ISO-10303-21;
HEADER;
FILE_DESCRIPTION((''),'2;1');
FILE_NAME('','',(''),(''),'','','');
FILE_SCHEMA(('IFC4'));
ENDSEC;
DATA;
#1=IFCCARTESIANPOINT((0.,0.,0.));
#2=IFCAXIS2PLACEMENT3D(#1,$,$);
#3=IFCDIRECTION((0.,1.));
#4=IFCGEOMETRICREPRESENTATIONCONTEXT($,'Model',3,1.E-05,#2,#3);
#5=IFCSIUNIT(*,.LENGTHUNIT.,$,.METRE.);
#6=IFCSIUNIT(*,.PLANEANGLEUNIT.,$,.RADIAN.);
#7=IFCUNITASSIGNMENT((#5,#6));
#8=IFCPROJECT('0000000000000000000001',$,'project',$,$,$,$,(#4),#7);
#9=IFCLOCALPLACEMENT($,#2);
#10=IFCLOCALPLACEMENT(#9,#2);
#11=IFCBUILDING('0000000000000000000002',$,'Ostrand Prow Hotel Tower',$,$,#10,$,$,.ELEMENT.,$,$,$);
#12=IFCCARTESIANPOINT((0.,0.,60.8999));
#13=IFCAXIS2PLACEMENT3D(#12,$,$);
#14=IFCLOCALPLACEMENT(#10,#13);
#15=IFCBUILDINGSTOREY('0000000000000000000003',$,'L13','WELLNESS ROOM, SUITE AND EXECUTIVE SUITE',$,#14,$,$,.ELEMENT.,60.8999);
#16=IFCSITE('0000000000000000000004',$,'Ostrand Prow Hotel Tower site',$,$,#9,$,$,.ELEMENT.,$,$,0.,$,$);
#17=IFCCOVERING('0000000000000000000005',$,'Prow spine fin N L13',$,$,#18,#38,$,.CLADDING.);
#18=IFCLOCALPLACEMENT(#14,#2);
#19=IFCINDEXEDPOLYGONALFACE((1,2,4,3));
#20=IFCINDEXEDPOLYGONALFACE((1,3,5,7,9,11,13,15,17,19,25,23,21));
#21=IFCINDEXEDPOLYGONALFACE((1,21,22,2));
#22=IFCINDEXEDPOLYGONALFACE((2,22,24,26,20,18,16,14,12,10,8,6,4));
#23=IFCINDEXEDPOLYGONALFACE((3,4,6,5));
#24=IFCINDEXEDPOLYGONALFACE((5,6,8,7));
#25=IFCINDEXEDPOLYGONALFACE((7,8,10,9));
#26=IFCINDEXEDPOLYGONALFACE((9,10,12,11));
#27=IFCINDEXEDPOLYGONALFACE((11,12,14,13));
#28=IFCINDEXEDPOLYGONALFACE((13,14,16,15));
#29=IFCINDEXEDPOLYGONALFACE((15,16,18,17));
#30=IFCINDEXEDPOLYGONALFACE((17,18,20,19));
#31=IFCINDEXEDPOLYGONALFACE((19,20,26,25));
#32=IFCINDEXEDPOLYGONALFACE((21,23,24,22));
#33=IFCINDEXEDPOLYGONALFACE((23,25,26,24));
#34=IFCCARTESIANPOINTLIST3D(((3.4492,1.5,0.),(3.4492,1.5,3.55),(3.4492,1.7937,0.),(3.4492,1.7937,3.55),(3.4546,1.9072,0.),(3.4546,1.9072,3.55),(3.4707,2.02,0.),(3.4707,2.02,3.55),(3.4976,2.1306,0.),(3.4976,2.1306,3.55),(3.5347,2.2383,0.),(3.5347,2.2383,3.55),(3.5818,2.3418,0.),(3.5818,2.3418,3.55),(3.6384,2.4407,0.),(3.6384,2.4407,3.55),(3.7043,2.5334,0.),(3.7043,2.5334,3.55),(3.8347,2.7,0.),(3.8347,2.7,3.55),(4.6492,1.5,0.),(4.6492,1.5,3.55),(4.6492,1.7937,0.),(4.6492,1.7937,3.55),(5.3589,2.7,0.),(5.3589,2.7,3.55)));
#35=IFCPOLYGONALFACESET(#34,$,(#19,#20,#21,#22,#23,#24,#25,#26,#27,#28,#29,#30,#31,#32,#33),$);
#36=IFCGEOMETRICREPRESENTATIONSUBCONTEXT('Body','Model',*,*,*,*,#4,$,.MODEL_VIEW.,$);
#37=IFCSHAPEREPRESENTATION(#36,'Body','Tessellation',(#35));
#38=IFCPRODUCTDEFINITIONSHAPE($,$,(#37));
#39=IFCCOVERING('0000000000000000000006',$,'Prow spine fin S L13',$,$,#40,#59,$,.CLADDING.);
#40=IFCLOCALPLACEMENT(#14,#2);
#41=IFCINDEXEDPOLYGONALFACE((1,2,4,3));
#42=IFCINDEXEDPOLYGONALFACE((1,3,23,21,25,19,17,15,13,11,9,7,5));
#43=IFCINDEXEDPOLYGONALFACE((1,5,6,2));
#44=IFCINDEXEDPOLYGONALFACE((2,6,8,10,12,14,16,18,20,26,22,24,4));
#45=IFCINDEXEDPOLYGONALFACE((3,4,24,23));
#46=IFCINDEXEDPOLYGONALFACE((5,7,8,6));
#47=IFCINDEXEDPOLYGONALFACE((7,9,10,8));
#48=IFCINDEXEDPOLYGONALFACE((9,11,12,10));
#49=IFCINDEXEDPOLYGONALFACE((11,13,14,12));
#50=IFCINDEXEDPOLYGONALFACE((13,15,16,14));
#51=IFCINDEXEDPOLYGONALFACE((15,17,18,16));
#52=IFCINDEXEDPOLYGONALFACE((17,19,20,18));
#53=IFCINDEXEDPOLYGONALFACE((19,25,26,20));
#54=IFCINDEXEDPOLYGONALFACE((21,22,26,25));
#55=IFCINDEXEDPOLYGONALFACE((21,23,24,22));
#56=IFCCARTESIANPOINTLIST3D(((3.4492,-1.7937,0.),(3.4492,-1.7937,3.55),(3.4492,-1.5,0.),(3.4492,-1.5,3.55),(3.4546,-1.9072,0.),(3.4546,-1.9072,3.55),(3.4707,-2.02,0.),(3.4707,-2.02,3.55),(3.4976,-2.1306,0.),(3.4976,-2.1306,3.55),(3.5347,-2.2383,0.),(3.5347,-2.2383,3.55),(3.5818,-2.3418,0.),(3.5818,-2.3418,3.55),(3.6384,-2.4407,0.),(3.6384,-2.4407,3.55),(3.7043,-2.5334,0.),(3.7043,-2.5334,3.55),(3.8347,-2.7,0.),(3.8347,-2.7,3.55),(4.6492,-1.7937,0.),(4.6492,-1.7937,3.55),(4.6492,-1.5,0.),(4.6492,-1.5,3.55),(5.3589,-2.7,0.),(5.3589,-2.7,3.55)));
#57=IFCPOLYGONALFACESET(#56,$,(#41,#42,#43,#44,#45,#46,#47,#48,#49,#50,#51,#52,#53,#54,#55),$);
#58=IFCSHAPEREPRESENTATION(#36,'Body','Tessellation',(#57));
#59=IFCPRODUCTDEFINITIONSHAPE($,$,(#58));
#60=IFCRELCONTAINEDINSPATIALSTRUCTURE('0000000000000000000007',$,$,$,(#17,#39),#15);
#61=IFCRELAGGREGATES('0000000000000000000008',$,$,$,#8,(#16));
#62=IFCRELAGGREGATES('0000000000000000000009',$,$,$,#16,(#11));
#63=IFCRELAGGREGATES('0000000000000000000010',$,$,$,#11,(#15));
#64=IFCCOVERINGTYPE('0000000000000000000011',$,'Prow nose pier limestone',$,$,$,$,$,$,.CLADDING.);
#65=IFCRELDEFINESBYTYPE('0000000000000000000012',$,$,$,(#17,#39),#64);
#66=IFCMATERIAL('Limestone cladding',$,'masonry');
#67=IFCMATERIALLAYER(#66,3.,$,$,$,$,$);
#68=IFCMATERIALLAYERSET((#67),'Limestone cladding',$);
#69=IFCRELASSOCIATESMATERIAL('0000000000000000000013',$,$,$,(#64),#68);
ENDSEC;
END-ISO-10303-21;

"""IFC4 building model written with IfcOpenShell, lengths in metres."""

from ifc_helpers import new_model, si_unit, direction, frame, origin, place, context, subcontext, project, spatial, polyline, outline, extrude, material, layer, layer_set, type_object, element, save


model = new_model("IFC4")

# Units and contexts
model_context = context("Model", 3, precision=1e-05, world=origin(), true_north=direction((0.0, 1.0)))
body_context = subcontext(model_context, "Body", "Model", "MODEL_VIEW")
ifc_project = project(units=[si_unit("LENGTHUNIT", "METRE"), si_unit("PLANEANGLEUNIT", "RADIAN")], contexts=[model_context])

# Site, building, storey
site_placement = place(None, origin())
site = spatial("IfcSite", under=ifc_project, at=site_placement, Name="Ostrand Prow Hotel Tower site", CompositionType="ELEMENT", RefElevation=0.0)
building_placement = place(site_placement, origin())
building = spatial("IfcBuilding", under=site, at=building_placement, Name="Ostrand Prow Hotel Tower", CompositionType="ELEMENT")
storey_placement = place(building_placement, frame((0.0, 0.0, 60.8999)))
storey = spatial("IfcBuildingStorey", under=building, at=storey_placement, Name="L13", Description="WELLNESS ROOM, SUITE AND EXECUTIVE SUITE", CompositionType="ELEMENT", Elevation=60.8999)

# Coverings
ifc_material_1 = material(Name="Limestone cladding", Category="masonry")
ifc_layer_1 = layer(ifc_material_1, 3.0)
ifc_layer_set_1 = layer_set([ifc_layer_1], Name="Limestone cladding")
covering_type_1 = type_object("IfcCoveringType", Name="Prow nose pier limestone", PredefinedType="CLADDING", material=ifc_layer_set_1)
covering_1_placement = place(storey_placement, origin())
element("IfcCovering", 1, at=covering_1_placement, inside=storey, type_object=covering_type_1, Name="Prow spine fin N L13", PredefinedType="CLADDING", context=body_context, shape_type="SweptSolid", body=[
    extrude(outline(polyline([(3.4492, 1.7937), (3.4492, 1.5), (4.6492, 1.5), (4.6492, 1.7937), (5.3589, 2.7), (3.8347, 2.7), (3.7043, 2.5334), (3.6384, 2.4407), (3.5818, 2.3418), (3.5347, 2.2383), (3.4976, 2.1306), (3.4707, 2.02), (3.4546, 1.9072), (3.4492, 1.7937)])), origin(), (0.0, 0.0, 1.0), 3.55),
])
covering_2_placement = place(storey_placement, origin())
element("IfcCovering", 2, at=covering_2_placement, inside=storey, type_object=covering_type_1, Name="Prow spine fin S L13", PredefinedType="CLADDING", context=body_context, shape_type="SweptSolid", body=[
    extrude(outline(polyline([(3.7043, -2.5334), (3.8347, -2.7), (5.3589, -2.7), (4.6492, -1.7937), (4.6492, -1.5), (3.4492, -1.5), (3.4492, -1.7937), (3.4546, -1.9072), (3.4707, -2.02), (3.4976, -2.1306), (3.5347, -2.2383), (3.5818, -2.3418), (3.6384, -2.4407), (3.7043, -2.5334)])), origin(), (0.0, 0.0, 1.0), 3.55),
])

save(model, "model.ifc")
